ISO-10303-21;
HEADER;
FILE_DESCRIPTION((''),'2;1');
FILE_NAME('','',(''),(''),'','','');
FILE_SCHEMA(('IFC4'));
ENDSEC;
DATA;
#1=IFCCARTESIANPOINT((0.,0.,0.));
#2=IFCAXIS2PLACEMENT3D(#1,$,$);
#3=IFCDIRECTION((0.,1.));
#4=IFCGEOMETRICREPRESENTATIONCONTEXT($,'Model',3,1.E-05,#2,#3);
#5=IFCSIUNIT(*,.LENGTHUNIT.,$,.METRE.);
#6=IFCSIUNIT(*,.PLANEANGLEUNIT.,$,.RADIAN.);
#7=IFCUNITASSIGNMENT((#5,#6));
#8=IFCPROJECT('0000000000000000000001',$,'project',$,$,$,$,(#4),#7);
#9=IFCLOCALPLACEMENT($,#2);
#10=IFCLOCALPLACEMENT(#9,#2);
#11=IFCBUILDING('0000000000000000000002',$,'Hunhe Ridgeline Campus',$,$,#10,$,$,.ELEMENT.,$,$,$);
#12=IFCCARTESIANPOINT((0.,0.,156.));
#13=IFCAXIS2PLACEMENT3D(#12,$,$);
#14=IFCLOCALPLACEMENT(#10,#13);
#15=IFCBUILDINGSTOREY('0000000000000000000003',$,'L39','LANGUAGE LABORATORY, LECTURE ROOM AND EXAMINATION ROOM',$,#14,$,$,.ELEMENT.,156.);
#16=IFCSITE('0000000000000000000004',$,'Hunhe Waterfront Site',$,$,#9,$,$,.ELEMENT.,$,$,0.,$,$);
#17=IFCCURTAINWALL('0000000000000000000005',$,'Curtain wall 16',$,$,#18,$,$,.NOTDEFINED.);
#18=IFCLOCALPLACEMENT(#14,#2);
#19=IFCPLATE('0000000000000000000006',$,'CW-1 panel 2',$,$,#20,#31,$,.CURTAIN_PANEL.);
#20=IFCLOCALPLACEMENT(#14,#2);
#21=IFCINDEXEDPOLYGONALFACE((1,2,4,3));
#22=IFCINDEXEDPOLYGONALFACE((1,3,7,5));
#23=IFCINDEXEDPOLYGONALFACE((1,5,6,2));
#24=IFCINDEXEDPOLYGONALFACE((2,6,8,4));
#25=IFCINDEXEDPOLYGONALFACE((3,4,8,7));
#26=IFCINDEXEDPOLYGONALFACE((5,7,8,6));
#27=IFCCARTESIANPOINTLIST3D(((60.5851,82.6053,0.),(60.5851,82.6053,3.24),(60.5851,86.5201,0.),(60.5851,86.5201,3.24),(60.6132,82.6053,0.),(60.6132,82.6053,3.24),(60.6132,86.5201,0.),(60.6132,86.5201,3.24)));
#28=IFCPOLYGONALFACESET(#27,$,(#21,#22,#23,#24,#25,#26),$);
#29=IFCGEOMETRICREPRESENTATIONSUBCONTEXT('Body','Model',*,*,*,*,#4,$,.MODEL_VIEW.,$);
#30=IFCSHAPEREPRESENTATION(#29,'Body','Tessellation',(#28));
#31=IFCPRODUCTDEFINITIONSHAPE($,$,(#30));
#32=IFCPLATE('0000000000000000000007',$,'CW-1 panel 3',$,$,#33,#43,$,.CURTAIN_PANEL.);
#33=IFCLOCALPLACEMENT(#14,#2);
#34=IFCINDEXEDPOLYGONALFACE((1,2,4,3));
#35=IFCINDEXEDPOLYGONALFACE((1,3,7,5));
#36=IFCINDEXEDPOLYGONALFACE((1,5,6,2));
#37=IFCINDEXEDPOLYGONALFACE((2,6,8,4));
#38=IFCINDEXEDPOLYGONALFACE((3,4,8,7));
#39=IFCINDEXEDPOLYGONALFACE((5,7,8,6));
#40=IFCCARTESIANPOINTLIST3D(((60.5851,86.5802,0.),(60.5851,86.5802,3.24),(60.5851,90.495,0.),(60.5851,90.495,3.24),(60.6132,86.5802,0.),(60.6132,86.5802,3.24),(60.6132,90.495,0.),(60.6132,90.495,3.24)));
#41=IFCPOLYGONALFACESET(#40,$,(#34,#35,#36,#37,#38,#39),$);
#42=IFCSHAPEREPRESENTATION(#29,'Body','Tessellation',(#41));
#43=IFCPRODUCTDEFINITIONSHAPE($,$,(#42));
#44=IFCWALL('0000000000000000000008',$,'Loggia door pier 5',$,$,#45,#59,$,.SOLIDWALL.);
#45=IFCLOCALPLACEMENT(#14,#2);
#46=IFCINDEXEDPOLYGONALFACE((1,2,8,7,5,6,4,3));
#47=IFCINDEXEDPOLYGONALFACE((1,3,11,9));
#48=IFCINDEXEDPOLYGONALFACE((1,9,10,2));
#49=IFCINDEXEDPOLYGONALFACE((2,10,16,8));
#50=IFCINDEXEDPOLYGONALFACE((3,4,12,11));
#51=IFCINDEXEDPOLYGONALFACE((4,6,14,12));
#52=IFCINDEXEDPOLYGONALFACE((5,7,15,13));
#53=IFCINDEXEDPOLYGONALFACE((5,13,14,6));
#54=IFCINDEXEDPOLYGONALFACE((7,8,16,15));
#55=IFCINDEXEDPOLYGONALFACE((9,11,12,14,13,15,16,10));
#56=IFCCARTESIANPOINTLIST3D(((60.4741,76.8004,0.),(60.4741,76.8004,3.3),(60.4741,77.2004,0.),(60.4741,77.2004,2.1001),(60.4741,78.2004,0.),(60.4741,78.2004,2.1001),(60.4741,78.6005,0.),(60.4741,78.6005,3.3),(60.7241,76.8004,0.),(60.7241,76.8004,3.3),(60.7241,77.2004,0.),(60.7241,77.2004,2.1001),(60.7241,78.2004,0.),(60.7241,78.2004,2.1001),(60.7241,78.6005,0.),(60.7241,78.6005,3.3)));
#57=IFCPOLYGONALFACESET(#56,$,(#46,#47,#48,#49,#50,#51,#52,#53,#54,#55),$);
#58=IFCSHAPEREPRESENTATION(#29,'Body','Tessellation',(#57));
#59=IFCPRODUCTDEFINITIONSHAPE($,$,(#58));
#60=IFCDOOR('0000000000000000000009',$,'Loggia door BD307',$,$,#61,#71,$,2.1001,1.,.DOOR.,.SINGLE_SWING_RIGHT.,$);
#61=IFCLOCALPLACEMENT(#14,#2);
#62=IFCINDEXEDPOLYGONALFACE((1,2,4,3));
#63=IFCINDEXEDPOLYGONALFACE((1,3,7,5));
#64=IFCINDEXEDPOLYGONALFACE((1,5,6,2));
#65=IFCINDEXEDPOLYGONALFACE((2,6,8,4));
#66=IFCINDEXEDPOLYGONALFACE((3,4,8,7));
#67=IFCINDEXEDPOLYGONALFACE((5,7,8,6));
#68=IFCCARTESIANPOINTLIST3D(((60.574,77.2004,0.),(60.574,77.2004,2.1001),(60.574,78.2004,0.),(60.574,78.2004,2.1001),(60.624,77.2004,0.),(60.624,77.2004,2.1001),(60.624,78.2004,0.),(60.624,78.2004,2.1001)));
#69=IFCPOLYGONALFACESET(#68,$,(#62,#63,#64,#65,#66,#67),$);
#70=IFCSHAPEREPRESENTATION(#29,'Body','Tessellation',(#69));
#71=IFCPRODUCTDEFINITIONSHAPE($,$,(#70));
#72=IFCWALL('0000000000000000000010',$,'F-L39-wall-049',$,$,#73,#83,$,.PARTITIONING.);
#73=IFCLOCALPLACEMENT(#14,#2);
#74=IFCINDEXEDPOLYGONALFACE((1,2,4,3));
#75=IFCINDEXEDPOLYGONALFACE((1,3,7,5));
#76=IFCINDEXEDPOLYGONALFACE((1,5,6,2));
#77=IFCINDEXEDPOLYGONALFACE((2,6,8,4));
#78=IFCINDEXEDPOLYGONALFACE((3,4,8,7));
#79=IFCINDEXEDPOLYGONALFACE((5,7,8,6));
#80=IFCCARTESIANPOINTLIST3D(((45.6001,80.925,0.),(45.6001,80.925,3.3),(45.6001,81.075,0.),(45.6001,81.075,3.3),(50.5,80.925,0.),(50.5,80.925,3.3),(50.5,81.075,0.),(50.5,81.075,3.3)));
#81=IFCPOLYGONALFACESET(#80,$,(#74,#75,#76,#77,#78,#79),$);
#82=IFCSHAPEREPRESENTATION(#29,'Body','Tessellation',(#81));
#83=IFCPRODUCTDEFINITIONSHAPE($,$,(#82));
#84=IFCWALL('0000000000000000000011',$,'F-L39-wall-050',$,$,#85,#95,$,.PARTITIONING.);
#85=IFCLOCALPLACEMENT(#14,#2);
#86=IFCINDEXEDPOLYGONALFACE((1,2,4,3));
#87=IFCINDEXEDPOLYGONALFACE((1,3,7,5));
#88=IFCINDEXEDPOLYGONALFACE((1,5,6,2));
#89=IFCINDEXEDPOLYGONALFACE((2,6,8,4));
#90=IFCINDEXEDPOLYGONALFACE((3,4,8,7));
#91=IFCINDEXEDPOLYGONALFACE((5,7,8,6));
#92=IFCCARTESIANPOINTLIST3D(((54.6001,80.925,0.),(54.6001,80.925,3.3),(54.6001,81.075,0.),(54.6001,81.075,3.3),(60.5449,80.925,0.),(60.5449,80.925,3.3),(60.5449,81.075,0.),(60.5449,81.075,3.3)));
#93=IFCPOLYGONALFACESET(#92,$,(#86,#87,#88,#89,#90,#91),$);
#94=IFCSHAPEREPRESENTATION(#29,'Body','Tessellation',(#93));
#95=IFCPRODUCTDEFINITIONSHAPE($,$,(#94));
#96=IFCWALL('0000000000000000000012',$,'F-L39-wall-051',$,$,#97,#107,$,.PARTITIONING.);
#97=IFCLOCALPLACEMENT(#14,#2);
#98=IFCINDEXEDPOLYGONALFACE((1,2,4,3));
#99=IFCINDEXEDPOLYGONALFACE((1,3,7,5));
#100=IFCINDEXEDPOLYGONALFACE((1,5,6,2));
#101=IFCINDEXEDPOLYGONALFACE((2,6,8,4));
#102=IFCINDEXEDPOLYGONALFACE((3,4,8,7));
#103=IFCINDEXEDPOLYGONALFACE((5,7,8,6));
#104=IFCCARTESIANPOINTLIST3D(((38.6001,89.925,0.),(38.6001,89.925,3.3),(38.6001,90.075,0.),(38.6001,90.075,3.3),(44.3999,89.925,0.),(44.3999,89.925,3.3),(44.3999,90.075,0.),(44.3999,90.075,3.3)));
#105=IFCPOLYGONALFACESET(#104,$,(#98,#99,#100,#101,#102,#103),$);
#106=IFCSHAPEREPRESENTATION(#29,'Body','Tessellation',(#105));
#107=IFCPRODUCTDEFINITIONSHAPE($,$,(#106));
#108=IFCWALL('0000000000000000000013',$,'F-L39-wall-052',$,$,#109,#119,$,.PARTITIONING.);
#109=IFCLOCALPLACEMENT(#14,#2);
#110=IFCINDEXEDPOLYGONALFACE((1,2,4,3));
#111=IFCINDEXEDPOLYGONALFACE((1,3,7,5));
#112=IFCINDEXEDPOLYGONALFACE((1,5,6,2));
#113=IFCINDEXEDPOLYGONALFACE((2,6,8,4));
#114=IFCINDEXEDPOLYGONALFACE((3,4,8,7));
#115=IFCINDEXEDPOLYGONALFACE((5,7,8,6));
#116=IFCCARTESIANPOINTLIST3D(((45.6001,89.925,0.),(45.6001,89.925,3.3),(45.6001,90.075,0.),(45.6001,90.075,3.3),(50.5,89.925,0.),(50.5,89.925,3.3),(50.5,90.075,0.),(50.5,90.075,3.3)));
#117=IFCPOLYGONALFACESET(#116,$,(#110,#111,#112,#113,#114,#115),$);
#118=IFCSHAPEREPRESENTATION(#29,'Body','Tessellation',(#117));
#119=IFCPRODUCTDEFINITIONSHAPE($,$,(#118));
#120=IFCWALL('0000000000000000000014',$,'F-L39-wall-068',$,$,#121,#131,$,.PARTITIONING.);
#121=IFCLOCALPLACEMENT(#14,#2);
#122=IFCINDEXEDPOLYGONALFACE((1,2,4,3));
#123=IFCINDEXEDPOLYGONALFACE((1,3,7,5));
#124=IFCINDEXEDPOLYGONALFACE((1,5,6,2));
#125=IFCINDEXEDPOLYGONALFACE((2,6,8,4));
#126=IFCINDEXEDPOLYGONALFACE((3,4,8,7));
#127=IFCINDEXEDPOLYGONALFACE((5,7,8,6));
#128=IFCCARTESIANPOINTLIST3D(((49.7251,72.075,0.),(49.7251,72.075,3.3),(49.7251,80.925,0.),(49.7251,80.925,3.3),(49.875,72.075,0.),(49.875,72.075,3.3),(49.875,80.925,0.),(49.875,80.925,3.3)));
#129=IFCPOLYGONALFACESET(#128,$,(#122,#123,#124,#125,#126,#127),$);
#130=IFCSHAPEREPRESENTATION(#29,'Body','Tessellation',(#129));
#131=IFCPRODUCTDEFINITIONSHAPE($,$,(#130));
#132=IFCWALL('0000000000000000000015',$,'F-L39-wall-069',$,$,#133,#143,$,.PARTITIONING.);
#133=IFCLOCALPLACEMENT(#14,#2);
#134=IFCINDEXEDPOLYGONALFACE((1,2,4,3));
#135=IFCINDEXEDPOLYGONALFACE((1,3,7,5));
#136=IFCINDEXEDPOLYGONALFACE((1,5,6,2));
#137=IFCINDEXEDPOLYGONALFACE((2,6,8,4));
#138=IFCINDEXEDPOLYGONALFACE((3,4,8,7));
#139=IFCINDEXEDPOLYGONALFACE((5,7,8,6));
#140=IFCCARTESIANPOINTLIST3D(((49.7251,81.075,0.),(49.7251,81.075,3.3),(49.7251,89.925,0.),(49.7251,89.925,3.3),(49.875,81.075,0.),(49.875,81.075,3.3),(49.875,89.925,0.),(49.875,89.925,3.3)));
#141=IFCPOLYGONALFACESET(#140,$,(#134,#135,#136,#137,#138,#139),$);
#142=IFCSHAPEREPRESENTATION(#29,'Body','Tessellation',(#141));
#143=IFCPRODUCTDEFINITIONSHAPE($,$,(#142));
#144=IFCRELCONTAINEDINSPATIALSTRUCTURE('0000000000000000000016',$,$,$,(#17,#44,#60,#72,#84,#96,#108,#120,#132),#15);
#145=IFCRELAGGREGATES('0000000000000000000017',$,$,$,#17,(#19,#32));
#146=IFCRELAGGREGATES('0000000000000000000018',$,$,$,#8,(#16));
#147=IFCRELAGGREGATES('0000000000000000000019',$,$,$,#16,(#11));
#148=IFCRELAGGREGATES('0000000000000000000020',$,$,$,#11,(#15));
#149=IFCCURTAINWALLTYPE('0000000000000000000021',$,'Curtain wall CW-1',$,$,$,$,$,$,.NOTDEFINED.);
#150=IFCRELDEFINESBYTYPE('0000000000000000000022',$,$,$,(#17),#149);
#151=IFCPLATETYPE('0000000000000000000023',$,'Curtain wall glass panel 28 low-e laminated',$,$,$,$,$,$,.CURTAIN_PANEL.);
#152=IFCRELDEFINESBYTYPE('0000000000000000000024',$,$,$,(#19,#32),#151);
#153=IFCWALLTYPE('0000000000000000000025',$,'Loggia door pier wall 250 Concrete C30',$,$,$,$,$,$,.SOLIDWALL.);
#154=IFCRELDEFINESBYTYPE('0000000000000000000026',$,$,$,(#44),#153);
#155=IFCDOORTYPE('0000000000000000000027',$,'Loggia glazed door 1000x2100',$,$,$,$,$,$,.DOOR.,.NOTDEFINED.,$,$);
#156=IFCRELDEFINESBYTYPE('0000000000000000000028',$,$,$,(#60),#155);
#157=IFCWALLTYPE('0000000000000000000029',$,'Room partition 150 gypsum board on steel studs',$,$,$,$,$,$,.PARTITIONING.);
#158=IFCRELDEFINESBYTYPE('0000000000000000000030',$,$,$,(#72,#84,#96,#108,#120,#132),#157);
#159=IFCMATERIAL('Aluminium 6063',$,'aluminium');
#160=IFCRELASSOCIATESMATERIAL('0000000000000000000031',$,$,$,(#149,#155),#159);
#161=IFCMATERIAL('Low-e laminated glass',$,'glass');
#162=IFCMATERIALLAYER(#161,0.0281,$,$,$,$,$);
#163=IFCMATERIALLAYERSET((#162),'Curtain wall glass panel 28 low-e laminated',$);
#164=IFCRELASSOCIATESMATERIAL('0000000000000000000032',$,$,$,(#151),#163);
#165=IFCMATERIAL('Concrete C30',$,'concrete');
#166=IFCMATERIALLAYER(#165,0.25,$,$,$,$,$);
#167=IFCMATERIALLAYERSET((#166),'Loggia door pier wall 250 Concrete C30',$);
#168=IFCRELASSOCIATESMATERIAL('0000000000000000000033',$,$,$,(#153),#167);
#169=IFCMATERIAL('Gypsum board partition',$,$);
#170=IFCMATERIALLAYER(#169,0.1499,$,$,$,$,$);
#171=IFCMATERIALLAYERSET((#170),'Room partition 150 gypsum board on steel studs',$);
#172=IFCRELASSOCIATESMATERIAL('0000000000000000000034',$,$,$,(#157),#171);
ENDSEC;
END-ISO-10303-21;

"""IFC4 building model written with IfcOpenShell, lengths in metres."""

from ifc_helpers import new_model, si_unit, direction, frame, frame_2d, origin, origin_2d, place, context, subcontext, project, spatial, rectangle, extrude, material, layer, layer_set, type_object, element, fill, aggregate, save


model = new_model("IFC4")

# Units and contexts
model_context = context("Model", 3, precision=1e-05, world=origin(), true_north=direction((0.0, 1.0)))
body_context = subcontext(model_context, "Body", "Model", "MODEL_VIEW")
ifc_project = project(units=[si_unit("LENGTHUNIT", "METRE"), si_unit("PLANEANGLEUNIT", "RADIAN")], contexts=[model_context])

# Site, building, storey
site_placement = place(None, origin())
site = spatial("IfcSite", under=ifc_project, at=site_placement, Name="Hunhe Waterfront Site", CompositionType="ELEMENT", RefElevation=0.0)
building_placement = place(site_placement, origin())
building = spatial("IfcBuilding", under=site, at=building_placement, Name="Hunhe Ridgeline Campus", CompositionType="ELEMENT")
storey_placement = place(building_placement, frame((0.0, 0.0, 156.0)))
storey = spatial("IfcBuildingStorey", under=building, at=storey_placement, Name="L39", Description="LANGUAGE LABORATORY, LECTURE ROOM AND EXAMINATION ROOM", CompositionType="ELEMENT", Elevation=156.0)

# Curtain wall
ifc_material_1 = material(Name="Aluminium 6063", Category="aluminium")
curtain_wall_type = type_object("IfcCurtainWallType", Name="Curtain wall CW-1", PredefinedType="NOTDEFINED", material=ifc_material_1)
curtain_wall_1_placement = place(storey_placement, origin())
curtain_wall_1 = element("IfcCurtainWall", 1, at=curtain_wall_1_placement, inside=storey, type_object=curtain_wall_type, Name="Curtain wall 16", PredefinedType="NOTDEFINED")

# Plates
ifc_material_2 = material(Name="Low-e laminated glass", Category="glass")
ifc_layer_1 = layer(ifc_material_2, 0.0281)
ifc_layer_set_1 = layer_set([ifc_layer_1], Name="Curtain wall glass panel 28 low-e laminated")
plate_type = type_object("IfcPlateType", Name="Curtain wall glass panel 28 low-e laminated", PredefinedType="CURTAIN_PANEL", material=ifc_layer_set_1)
plate_1_placement = place(storey_placement, frame((60.5991, 84.5627, 0.0), z_axis=(0.0, 0.0, 1.0), x_axis=(0.0, 1.0, 0.0)))
plate_1 = element("IfcPlate", 2, at=plate_1_placement, type_object=plate_type, Name="CW-1 panel 2", PredefinedType="CURTAIN_PANEL", context=body_context, shape_type="SweptSolid", body=[
    extrude(rectangle(XDim=3.9148, YDim=0.0281, at=origin_2d()), origin(), (0.0, 0.0, 1.0), 3.24),
])
plate_2_placement = place(storey_placement, frame((60.5991, 88.5376, 0.0), z_axis=(0.0, 0.0, 1.0), x_axis=(0.0, 1.0, 0.0)))
plate_2 = element("IfcPlate", 3, at=plate_2_placement, type_object=plate_type, Name="CW-1 panel 3", PredefinedType="CURTAIN_PANEL", context=body_context, shape_type="SweptSolid", body=[
    extrude(rectangle(XDim=3.9148, YDim=0.0281, at=origin_2d()), origin(), (0.0, 0.0, 1.0), 3.24),
])
aggregate(curtain_wall_1, [plate_1, plate_2])

# Wall, opening, door
ifc_material_3 = material(Name="Concrete C30", Category="concrete")
ifc_layer_2 = layer(ifc_material_3, 0.25)
ifc_layer_set_2 = layer_set([ifc_layer_2], Name="Loggia door pier wall 250 Concrete C30")
wall_type_1 = type_object("IfcWallType", Name="Loggia door pier wall 250 Concrete C30", PredefinedType="SOLIDWALL", material=ifc_layer_set_2)
wall_1_placement = place(storey_placement, frame((60.5991, 76.8005, 0.0), z_axis=(0.0, 0.0, 1.0), x_axis=(0.0, 1.0, 0.0)))
wall_1 = element("IfcWall", 4, at=wall_1_placement, inside=storey, type_object=wall_type_1, Name="Loggia door pier 5", PredefinedType="SOLIDWALL", context=body_context, shape_type="SweptSolid", body=[
    extrude(rectangle(XDim=1.8, YDim=0.25, at=frame_2d((0.8999, 0.0))), origin(), (0.0, 0.0, 1.0), 3.3),
])
opening_placement = place(wall_1_placement, frame((0.3999, 0.0, 0.0)))
opening = element("IfcOpeningElement", 5, at=opening_placement, cuts=wall_1, PredefinedType="OPENING", context=body_context, shape_type="SweptSolid", body=[
    extrude(rectangle(XDim=1.0, YDim=2.1001, at=frame_2d((0.5, 1.05))), frame((0.0, 0.125, 0.0), z_axis=(0.0, -1.0, 0.0), x_axis=(1.0, 0.0, 0.0)), (0.0, 0.0, 1.0), 0.25),
])
door_type = type_object("IfcDoorType", Name="Loggia glazed door 1000x2100", OperationType="NOTDEFINED", PredefinedType="DOOR", material=ifc_material_1)
door_placement = place(opening_placement, frame((1.0, 0.0, 0.0), z_axis=(0.0, 0.0, 1.0), x_axis=(-1.0, 0.0, 0.0)))
door = element("IfcDoor", 6, at=door_placement, inside=storey, type_object=door_type, Name="Loggia door BD307", OperationType="SINGLE_SWING_RIGHT", OverallHeight=2.1001, OverallWidth=1.0, PredefinedType="DOOR", context=body_context, shape_type="SweptSolid", body=[
    extrude(rectangle(XDim=1.0, YDim=2.1001, at=frame_2d((0.5, 1.05))), frame((0.0, 0.0249, 0.0), z_axis=(0.0, -1.0, 0.0), x_axis=(1.0, 0.0, 0.0)), (0.0, 0.0, 1.0), 0.05),
])
fill(opening, door)

# Walls
ifc_material_4 = material(Name="Gypsum board partition")
ifc_layer_3 = layer(ifc_material_4, 0.1499)
ifc_layer_set_3 = layer_set([ifc_layer_3], Name="Room partition 150 gypsum board on steel studs")
wall_type_2 = type_object("IfcWallType", Name="Room partition 150 gypsum board on steel studs", PredefinedType="PARTITIONING", material=ifc_layer_set_3)
wall_2_placement = place(storey_placement, frame((45.6001, 81.0, 0.0), z_axis=(0.0, 0.0, 1.0), x_axis=(1.0, 0.0, 0.0)))
element("IfcWall", 7, at=wall_2_placement, inside=storey, type_object=wall_type_2, Name="F-L39-wall-049", PredefinedType="PARTITIONING", context=body_context, shape_type="SweptSolid", body=[
    extrude(rectangle(XDim=4.8999, YDim=0.1499, at=frame_2d((2.45, 0.0))), origin(), (0.0, 0.0, 1.0), 3.3),
])
wall_3_placement = place(storey_placement, frame((54.6001, 81.0, 0.0), z_axis=(0.0, 0.0, 1.0), x_axis=(1.0, 0.0, 0.0)))
element("IfcWall", 8, at=wall_3_placement, inside=storey, type_object=wall_type_2, Name="F-L39-wall-050", PredefinedType="PARTITIONING", context=body_context, shape_type="SweptSolid", body=[
    extrude(rectangle(XDim=5.9448, YDim=0.1499, at=frame_2d((2.9724, 0.0))), origin(), (0.0, 0.0, 1.0), 3.3),
])
wall_4_placement = place(storey_placement, frame((38.6001, 90.0, 0.0), z_axis=(0.0, 0.0, 1.0), x_axis=(1.0, 0.0, 0.0)))
element("IfcWall", 9, at=wall_4_placement, inside=storey, type_object=wall_type_2, Name="F-L39-wall-051", PredefinedType="PARTITIONING", context=body_context, shape_type="SweptSolid", body=[
    extrude(rectangle(XDim=5.7998, YDim=0.1499, at=frame_2d((2.8999, 0.0))), origin(), (0.0, 0.0, 1.0), 3.3),
])
wall_5_placement = place(storey_placement, frame((45.6001, 90.0, 0.0), z_axis=(0.0, 0.0, 1.0), x_axis=(1.0, 0.0, 0.0)))
element("IfcWall", 10, at=wall_5_placement, inside=storey, type_object=wall_type_2, Name="F-L39-wall-052", PredefinedType="PARTITIONING", context=body_context, shape_type="SweptSolid", body=[
    extrude(rectangle(XDim=4.8999, YDim=0.1499, at=frame_2d((2.45, 0.0))), origin(), (0.0, 0.0, 1.0), 3.3),
])
for number, where, z_axis, x_axis, name in (
    (11, (49.8, 80.925, 0.0), (0.0, 0.0, 1.0), (0.0, -1.0, 0.0), "F-L39-wall-068"),
    (12, (49.8, 89.925, 0.0), (0.0, 0.0, 1.0), (0.0, -1.0, 0.0), "F-L39-wall-069"),
):
    element("IfcWall", number, at=place(storey_placement, frame(where, z_axis=z_axis, x_axis=x_axis)), inside=storey, type_object=wall_type_2, Name=name, PredefinedType="PARTITIONING", context=body_context, shape_type="SweptSolid", body=[
        extrude(rectangle(XDim=8.8501, YDim=0.1499, at=frame_2d((4.425, 0.0))), origin(), (0.0, 0.0, 1.0), 3.3),
    ])

save(model, "model.ifc")
